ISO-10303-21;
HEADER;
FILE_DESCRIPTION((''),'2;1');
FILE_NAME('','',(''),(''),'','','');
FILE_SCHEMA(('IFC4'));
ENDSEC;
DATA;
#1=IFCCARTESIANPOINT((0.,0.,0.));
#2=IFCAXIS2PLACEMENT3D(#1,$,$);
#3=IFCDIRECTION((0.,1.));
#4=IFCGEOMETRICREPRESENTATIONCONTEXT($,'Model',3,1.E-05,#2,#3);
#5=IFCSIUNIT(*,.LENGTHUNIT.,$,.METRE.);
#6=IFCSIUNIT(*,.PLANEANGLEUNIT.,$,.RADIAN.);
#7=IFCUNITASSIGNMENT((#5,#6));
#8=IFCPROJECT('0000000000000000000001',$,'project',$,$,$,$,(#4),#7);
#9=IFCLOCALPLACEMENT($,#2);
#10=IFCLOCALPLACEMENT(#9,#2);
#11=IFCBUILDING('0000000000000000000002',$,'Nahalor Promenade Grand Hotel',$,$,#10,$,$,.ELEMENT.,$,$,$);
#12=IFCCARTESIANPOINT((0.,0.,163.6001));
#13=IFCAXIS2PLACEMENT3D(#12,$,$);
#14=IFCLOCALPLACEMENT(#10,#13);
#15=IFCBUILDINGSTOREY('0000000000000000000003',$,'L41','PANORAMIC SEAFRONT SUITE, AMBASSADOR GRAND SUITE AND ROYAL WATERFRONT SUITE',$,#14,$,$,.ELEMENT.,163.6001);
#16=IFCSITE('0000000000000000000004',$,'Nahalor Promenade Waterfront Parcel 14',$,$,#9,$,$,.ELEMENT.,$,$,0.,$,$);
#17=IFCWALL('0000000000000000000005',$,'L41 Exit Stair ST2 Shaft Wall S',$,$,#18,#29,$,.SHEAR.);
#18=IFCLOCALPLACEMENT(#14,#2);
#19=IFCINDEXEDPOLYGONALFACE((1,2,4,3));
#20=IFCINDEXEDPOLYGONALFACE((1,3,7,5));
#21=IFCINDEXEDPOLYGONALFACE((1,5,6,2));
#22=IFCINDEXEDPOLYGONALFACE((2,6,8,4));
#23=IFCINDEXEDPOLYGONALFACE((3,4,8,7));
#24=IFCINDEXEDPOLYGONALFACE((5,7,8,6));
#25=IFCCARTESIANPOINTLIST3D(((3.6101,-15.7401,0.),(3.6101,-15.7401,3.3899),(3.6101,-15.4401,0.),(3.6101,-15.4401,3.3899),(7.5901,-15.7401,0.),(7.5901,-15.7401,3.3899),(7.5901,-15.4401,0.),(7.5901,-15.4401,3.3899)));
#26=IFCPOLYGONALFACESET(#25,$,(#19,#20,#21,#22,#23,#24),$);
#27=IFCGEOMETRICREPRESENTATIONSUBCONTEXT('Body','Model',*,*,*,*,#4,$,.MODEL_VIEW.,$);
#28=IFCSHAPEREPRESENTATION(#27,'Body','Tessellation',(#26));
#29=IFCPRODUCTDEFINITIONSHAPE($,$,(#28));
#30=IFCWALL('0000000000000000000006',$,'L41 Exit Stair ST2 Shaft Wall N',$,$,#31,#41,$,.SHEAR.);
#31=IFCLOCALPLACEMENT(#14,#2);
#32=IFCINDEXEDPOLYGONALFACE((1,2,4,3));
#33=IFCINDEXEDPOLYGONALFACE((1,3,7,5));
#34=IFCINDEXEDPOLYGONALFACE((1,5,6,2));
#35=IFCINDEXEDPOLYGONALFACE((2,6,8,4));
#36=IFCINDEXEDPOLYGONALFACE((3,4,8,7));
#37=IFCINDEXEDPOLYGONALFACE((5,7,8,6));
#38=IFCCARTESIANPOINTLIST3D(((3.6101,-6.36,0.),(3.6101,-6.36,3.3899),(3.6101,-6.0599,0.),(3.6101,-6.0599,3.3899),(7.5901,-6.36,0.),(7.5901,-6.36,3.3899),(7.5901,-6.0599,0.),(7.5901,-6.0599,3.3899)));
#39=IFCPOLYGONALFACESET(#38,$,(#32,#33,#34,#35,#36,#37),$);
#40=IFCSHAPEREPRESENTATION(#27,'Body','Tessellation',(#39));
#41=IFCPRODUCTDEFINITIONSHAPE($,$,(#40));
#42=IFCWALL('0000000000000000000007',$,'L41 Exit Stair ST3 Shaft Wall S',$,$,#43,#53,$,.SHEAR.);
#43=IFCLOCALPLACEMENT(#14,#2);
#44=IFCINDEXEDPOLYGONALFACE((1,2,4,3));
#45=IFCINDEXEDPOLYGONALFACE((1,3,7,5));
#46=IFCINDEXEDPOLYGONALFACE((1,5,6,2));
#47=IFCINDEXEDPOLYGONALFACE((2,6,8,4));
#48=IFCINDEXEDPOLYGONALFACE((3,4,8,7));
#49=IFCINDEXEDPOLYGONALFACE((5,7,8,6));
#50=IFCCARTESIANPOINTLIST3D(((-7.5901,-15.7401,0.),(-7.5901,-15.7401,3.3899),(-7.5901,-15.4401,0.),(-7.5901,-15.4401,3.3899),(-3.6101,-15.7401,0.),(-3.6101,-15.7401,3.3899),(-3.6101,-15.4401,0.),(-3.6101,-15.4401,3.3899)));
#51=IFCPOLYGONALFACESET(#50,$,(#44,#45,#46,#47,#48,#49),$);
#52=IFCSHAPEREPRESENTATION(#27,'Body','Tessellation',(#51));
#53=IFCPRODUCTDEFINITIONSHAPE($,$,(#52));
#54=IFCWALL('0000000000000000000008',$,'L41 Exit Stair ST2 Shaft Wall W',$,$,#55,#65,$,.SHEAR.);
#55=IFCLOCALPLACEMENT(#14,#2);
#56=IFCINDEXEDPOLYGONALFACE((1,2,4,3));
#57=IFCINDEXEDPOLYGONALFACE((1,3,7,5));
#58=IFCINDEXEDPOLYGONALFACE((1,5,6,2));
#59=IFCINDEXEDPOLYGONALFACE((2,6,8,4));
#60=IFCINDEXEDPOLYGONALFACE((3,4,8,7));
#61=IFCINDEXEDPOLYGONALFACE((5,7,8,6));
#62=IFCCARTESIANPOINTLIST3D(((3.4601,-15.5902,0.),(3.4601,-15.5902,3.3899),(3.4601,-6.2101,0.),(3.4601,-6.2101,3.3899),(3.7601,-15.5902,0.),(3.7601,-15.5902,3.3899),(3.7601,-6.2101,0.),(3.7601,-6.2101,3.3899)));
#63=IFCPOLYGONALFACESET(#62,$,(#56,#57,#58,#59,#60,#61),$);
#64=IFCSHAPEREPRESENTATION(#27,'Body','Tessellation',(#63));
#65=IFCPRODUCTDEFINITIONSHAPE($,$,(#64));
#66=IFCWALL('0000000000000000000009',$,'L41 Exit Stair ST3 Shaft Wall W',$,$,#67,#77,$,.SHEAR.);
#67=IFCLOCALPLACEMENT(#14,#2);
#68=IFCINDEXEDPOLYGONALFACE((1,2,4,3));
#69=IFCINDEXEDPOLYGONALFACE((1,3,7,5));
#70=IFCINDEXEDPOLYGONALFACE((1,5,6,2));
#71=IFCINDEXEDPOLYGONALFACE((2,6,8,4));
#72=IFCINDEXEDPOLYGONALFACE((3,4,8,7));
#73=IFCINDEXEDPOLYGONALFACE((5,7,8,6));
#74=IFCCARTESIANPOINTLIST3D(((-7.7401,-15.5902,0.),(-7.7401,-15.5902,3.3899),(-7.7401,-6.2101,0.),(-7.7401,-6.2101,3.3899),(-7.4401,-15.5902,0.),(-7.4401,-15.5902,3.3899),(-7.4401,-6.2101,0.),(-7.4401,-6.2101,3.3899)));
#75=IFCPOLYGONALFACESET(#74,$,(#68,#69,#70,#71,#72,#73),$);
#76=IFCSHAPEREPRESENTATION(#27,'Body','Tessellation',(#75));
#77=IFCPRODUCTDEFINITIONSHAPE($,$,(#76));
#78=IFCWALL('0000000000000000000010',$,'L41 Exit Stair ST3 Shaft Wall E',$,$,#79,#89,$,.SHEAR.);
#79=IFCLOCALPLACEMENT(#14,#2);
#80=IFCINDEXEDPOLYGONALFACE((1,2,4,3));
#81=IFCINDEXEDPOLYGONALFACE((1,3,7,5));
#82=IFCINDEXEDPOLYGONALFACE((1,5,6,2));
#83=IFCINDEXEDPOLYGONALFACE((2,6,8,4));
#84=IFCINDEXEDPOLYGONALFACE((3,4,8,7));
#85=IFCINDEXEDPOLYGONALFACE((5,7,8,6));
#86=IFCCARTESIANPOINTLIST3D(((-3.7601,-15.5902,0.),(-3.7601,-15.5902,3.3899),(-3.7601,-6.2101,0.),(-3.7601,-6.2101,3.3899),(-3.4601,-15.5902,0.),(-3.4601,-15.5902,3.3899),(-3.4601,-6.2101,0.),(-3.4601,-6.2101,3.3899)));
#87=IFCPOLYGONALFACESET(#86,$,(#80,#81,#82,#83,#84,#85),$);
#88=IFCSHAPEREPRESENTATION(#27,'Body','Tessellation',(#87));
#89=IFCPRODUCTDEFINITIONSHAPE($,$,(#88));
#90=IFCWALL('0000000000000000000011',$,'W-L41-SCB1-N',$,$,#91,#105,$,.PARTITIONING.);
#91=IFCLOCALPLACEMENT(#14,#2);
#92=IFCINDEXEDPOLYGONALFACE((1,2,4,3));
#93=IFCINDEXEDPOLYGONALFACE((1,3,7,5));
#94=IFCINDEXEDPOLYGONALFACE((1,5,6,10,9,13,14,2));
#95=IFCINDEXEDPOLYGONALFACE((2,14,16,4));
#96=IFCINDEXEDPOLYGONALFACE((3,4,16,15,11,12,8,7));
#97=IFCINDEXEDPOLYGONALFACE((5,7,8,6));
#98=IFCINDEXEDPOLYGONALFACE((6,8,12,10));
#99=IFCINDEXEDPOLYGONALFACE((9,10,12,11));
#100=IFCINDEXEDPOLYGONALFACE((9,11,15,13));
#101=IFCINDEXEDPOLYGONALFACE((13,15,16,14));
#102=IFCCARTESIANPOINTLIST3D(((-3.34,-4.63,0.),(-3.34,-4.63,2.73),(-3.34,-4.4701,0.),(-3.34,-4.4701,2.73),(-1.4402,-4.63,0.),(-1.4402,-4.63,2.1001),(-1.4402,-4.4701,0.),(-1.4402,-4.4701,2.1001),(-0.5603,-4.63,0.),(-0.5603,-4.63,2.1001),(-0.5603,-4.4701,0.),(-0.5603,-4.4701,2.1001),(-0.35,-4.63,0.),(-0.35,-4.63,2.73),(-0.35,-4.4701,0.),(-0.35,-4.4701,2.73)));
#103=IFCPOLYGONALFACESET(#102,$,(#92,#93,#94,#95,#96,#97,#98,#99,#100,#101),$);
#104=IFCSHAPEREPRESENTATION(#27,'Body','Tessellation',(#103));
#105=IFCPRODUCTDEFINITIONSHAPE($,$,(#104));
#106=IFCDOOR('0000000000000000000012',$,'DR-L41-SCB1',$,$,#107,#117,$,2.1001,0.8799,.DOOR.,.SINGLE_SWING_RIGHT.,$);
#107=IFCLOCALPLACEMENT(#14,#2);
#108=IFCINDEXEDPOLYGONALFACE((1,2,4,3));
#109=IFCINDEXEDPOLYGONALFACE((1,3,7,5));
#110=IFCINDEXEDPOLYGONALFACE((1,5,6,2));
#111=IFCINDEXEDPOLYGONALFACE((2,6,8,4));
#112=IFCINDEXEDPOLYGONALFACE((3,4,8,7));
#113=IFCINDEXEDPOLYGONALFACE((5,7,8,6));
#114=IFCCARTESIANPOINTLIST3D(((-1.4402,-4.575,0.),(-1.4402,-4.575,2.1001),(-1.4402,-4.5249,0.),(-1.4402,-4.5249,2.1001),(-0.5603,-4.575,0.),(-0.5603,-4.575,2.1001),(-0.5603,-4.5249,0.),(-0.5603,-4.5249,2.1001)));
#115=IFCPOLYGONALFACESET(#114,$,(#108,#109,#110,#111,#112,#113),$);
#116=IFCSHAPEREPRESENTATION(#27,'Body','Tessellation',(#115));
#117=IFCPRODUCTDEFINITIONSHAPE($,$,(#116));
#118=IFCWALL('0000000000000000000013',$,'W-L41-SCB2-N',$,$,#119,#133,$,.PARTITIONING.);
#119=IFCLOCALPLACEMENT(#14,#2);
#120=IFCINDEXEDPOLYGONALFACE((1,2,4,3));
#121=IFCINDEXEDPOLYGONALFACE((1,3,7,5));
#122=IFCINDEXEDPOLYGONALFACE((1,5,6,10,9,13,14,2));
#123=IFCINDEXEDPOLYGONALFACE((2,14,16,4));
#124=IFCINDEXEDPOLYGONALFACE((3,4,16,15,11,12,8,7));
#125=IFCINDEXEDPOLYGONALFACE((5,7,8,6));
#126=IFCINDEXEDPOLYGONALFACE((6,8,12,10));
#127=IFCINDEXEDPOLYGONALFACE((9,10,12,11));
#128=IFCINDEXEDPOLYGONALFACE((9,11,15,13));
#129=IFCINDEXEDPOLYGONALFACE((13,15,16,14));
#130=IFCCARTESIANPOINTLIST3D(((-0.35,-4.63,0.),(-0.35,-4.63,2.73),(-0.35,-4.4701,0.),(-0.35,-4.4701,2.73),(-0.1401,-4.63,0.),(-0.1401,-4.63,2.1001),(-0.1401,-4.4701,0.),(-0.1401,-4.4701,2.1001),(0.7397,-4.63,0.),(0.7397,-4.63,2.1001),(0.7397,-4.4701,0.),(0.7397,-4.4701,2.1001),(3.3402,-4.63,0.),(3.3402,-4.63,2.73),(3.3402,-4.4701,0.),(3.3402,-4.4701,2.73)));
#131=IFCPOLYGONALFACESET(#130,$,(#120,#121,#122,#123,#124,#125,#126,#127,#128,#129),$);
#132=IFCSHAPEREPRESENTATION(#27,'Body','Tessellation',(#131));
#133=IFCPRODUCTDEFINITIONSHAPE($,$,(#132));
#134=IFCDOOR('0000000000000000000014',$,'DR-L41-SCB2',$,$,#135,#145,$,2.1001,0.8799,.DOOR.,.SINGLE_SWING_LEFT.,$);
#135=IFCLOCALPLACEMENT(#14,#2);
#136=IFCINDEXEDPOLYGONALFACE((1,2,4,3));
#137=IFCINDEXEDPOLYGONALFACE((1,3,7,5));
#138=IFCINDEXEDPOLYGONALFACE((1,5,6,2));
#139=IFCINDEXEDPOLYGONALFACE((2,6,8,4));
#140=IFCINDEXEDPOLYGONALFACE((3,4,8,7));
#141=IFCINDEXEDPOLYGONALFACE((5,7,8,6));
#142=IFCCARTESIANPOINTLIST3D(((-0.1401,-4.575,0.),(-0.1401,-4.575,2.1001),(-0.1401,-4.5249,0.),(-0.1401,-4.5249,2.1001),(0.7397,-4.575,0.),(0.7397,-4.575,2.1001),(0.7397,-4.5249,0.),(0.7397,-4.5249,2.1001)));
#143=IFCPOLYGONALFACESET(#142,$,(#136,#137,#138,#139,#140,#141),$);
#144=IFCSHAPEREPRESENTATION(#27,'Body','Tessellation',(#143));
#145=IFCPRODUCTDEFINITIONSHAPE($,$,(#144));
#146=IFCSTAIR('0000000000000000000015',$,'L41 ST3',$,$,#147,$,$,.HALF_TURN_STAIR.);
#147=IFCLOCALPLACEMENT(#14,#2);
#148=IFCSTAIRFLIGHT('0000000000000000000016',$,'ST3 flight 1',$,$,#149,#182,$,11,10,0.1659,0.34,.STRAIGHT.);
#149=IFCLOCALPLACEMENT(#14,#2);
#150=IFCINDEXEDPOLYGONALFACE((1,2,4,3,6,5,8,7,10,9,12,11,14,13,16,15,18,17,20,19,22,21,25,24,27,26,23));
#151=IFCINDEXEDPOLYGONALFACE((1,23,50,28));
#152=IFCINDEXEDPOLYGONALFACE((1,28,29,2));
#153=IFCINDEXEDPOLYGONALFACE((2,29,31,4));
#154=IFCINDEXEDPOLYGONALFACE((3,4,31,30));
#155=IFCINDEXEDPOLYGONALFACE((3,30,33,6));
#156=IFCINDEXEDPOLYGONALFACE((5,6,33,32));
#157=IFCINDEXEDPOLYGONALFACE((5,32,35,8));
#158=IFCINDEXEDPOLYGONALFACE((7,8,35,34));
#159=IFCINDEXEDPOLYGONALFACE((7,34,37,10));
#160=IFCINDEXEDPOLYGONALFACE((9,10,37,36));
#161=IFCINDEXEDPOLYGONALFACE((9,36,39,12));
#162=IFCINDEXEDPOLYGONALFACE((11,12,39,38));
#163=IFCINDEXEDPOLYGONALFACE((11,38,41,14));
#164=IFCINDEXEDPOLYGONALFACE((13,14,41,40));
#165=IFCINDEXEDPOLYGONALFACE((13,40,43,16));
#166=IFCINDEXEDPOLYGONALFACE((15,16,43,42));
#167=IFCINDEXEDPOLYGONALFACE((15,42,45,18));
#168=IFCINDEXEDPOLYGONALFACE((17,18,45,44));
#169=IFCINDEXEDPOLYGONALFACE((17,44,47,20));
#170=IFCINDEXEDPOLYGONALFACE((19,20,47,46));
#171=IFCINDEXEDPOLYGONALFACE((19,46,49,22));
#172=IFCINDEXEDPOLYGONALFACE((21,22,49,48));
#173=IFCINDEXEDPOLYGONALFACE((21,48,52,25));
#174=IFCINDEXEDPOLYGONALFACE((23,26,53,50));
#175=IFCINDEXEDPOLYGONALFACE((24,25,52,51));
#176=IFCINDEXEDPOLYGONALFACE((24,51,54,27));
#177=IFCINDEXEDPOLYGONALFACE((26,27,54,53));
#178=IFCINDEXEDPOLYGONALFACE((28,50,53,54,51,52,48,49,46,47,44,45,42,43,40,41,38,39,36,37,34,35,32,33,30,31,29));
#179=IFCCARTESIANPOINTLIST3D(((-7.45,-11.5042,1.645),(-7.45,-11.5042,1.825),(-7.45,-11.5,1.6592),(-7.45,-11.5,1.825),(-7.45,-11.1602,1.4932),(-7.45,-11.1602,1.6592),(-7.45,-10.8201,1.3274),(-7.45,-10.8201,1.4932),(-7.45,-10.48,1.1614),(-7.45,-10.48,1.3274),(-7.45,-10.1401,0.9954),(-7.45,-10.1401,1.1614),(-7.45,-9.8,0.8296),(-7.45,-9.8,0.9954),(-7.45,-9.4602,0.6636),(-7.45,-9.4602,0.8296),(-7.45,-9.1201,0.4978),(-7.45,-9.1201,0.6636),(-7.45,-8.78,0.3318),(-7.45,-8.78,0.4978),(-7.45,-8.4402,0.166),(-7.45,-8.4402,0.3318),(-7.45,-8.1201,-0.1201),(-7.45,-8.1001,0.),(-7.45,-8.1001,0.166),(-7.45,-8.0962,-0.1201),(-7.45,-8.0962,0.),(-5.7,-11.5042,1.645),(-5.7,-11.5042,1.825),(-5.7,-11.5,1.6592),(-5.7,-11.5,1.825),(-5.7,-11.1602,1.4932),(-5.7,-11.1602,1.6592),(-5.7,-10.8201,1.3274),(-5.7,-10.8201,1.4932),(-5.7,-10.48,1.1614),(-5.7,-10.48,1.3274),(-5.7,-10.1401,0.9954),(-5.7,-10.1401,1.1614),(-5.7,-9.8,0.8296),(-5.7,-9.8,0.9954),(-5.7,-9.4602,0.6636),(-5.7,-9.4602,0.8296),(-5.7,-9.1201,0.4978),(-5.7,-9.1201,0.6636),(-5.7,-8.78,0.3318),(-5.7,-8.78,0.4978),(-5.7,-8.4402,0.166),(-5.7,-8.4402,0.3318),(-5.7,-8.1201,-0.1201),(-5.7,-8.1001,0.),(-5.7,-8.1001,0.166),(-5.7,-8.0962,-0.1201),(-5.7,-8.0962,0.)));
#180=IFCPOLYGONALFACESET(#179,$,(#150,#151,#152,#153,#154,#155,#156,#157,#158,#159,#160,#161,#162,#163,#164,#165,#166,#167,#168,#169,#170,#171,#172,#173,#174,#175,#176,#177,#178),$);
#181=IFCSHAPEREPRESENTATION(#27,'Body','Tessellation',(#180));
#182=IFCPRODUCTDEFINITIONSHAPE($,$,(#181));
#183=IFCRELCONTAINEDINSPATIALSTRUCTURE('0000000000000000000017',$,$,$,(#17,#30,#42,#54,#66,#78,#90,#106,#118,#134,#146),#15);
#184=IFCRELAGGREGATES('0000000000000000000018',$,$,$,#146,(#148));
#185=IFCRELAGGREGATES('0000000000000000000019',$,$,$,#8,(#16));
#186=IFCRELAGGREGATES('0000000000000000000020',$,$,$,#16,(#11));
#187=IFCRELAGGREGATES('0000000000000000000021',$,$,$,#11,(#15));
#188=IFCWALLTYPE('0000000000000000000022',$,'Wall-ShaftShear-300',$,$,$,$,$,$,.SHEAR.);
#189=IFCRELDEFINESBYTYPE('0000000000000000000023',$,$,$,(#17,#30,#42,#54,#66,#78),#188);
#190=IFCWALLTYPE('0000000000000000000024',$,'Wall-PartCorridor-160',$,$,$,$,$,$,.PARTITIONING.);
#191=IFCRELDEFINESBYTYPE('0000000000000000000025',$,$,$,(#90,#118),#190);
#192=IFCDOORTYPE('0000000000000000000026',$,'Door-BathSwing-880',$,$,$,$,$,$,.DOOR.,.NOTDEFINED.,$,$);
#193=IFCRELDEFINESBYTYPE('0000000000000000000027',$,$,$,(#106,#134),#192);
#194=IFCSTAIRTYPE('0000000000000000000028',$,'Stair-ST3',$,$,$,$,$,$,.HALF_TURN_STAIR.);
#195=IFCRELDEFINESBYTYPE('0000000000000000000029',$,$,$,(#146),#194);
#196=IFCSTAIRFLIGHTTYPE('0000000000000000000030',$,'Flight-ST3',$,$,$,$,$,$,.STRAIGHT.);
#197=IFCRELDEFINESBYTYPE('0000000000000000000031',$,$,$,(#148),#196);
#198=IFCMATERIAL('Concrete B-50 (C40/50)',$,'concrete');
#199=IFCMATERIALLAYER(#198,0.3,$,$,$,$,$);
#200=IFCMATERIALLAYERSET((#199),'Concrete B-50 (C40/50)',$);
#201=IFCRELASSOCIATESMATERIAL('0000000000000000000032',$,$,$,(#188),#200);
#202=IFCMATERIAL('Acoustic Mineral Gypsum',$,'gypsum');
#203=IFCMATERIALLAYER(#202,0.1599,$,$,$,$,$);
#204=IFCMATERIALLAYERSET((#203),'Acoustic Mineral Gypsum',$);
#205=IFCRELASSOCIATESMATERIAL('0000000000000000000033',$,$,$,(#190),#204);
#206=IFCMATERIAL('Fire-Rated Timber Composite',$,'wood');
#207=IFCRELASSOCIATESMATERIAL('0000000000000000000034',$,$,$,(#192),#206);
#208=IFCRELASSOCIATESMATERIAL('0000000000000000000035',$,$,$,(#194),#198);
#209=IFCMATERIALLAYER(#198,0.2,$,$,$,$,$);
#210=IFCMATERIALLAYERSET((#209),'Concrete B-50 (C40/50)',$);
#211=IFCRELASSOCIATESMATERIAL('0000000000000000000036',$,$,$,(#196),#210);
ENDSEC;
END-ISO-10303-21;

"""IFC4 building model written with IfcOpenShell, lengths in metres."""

from ifc_helpers import new_model, si_unit, direction, frame, frame_2d, origin, place, context, subcontext, project, spatial, polyline, rectangle, outline, extrude, source, transform, mapped, material, layer, layer_set, type_object, element, fill, aggregate, save


model = new_model("IFC4")

# Units and contexts
model_context = context("Model", 3, precision=1e-05, world=origin(), true_north=direction((0.0, 1.0)))
body_context = subcontext(model_context, "Body", "Model", "MODEL_VIEW")
ifc_project = project(units=[si_unit("LENGTHUNIT", "METRE"), si_unit("PLANEANGLEUNIT", "RADIAN")], contexts=[model_context])

# Site, building, storey
site_placement = place(None, origin())
site = spatial("IfcSite", under=ifc_project, at=site_placement, Name="Nahalor Promenade Waterfront Parcel 14", CompositionType="ELEMENT", RefElevation=0.0)
building_placement = place(site_placement, origin())
building = spatial("IfcBuilding", under=site, at=building_placement, Name="Nahalor Promenade Grand Hotel", CompositionType="ELEMENT")
storey_placement = place(building_placement, frame((0.0, 0.0, 163.6001)))
storey = spatial("IfcBuildingStorey", under=building, at=storey_placement, Name="L41", Description="PANORAMIC SEAFRONT SUITE, AMBASSADOR GRAND SUITE AND ROYAL WATERFRONT SUITE", CompositionType="ELEMENT", Elevation=163.6001)

# Walls
ifc_material_1 = material(Name="Concrete B-50 (C40/50)", Category="concrete")
ifc_layer_1 = layer(ifc_material_1, 0.3)
ifc_layer_set_1 = layer_set([ifc_layer_1], Name="Concrete B-50 (C40/50)")
wall_type_1 = type_object("IfcWallType", Name="Wall-ShaftShear-300", PredefinedType="SHEAR", material=ifc_layer_set_1)
shared_shape_1 = source(origin(), body_context, "Body", "SweptSolid", [
    extrude(rectangle(XDim=3.98, YDim=0.3, at=frame_2d((1.99, 0.0))), origin(), (0.0, 0.0, 1.0), 3.3899),
])
for number, where, z_axis, x_axis, name in (
    (1, (3.6101, -15.5901, 0.0), (0.0, 0.0, 1.0), (1.0, 0.0, 0.0), "L41 Exit Stair ST2 Shaft Wall S"),
    (2, (3.6101, -6.21, 0.0), (0.0, 0.0, 1.0), (1.0, 0.0, 0.0), "L41 Exit Stair ST2 Shaft Wall N"),
    (3, (-7.5901, -15.5901, 0.0), (0.0, 0.0, 1.0), (1.0, 0.0, 0.0), "L41 Exit Stair ST3 Shaft Wall S"),
):
    element("IfcWall", number, at=place(storey_placement, frame(where, z_axis=z_axis, x_axis=x_axis)), inside=storey, type_object=wall_type_1, Name=name, PredefinedType="SHEAR", context=body_context, shape_type="MappedRepresentation", body=[
        mapped(shared_shape_1, transform((0.0, 0.0, 0.0), scale=1.0)),
    ])

# Walls
shared_shape_2 = source(origin(), body_context, "Body", "SweptSolid", [
    extrude(rectangle(XDim=9.3801, YDim=0.3, at=frame_2d((4.6899, 0.0))), origin(), (0.0, 0.0, 1.0), 3.3899),
])
for number, where, z_axis, x_axis, name in (
    (4, (3.6101, -15.5901, 0.0), (0.0, 0.0, 1.0), (0.0, 1.0, 0.0), "L41 Exit Stair ST2 Shaft Wall W"),
    (5, (-7.5901, -15.5901, 0.0), (0.0, 0.0, 1.0), (0.0, 1.0, 0.0), "L41 Exit Stair ST3 Shaft Wall W"),
    (6, (-3.6101, -15.5901, 0.0), (0.0, 0.0, 1.0), (0.0, 1.0, 0.0), "L41 Exit Stair ST3 Shaft Wall E"),
):
    element("IfcWall", number, at=place(storey_placement, frame(where, z_axis=z_axis, x_axis=x_axis)), inside=storey, type_object=wall_type_1, Name=name, PredefinedType="SHEAR", context=body_context, shape_type="MappedRepresentation", body=[
        mapped(shared_shape_2, transform((0.0, 0.0, 0.0), scale=1.0)),
    ])

# Walls, openings, doors
ifc_material_2 = material(Name="Acoustic Mineral Gypsum", Category="gypsum")
ifc_layer_2 = layer(ifc_material_2, 0.1599)
ifc_layer_set_2 = layer_set([ifc_layer_2], Name="Acoustic Mineral Gypsum")
wall_type_2 = type_object("IfcWallType", Name="Wall-PartCorridor-160", PredefinedType="PARTITIONING", material=ifc_layer_set_2)
shared_shape_3 = source(origin(), body_context, "Body", "SweptSolid", [
    extrude(rectangle(XDim=2.99, YDim=0.1599, at=frame_2d((1.4951, 0.0))), origin(), (0.0, 0.0, 1.0), 2.73),
])
wall_1_placement = place(storey_placement, frame((-3.3401, -4.55, 0.0), z_axis=(0.0, 0.0, 1.0), x_axis=(1.0, 0.0, 0.0)))
wall_1 = element("IfcWall", 7, at=wall_1_placement, inside=storey, type_object=wall_type_2, Name="W-L41-SCB1-N", PredefinedType="PARTITIONING", context=body_context, shape_type="MappedRepresentation", body=[
    mapped(shared_shape_3, transform((0.0, 0.0, 0.0), scale=1.0)),
])
opening_1_placement = place(wall_1_placement, frame((1.8999, 0.0, 0.0)))
opening_1 = element("IfcOpeningElement", 8, at=opening_1_placement, cuts=wall_1, PredefinedType="OPENING", context=body_context, shape_type="SweptSolid", body=[
    extrude(rectangle(XDim=0.8799, YDim=2.1001, at=frame_2d((0.4399, 1.05))), frame((0.0, 0.0898, 0.0), z_axis=(0.0, -1.0, 0.0), x_axis=(1.0, 0.0, 0.0)), (0.0, 0.0, 1.0), 0.1799),
])
ifc_material_3 = material(Name="Fire-Rated Timber Composite", Category="wood")
door_type_1 = type_object("IfcDoorType", Name="Door-BathSwing-880", OperationType="NOTDEFINED", PredefinedType="DOOR", material=ifc_material_3)
shared_shape_4 = source(origin(), body_context, "Body", "SweptSolid", [
    extrude(rectangle(XDim=0.8799, YDim=2.1001, at=frame_2d((0.4399, 1.05))), frame((0.0, 0.0249, 0.0), z_axis=(0.0, -1.0, 0.0), x_axis=(1.0, 0.0, 0.0)), (0.0, 0.0, 1.0), 0.05),
])
door_1_placement = place(opening_1_placement, frame((0.8799, 0.0, 0.0), z_axis=(0.0, 0.0, 1.0), x_axis=(-1.0, 0.0, 0.0)))
door_1 = element("IfcDoor", 9, at=door_1_placement, inside=storey, type_object=door_type_1, Name="DR-L41-SCB1", OperationType="SINGLE_SWING_RIGHT", OverallHeight=2.1001, OverallWidth=0.8799, PredefinedType="DOOR", context=body_context, shape_type="MappedRepresentation", body=[
    mapped(shared_shape_4, transform((0.0, 0.0, 0.0), scale=1.0)),
])
fill(opening_1, door_1)
shared_shape_5 = source(origin(), body_context, "Body", "SweptSolid", [
    extrude(rectangle(XDim=3.6902, YDim=0.1599, at=frame_2d((1.8452, 0.0))), origin(), (0.0, 0.0, 1.0), 2.73),
])
wall_2_placement = place(storey_placement, frame((-0.3501, -4.55, 0.0), z_axis=(0.0, 0.0, 1.0), x_axis=(1.0, 0.0, 0.0)))
wall_2 = element("IfcWall", 10, at=wall_2_placement, inside=storey, type_object=wall_type_2, Name="W-L41-SCB2-N", PredefinedType="PARTITIONING", context=body_context, shape_type="MappedRepresentation", body=[
    mapped(shared_shape_5, transform((0.0, 0.0, 0.0), scale=1.0)),
])
opening_2_placement = place(wall_2_placement, frame((0.21, 0.0, 0.0)))
opening_2 = element("IfcOpeningElement", 11, at=opening_2_placement, cuts=wall_2, PredefinedType="OPENING", context=body_context, shape_type="SweptSolid", body=[
    extrude(rectangle(XDim=0.8799, YDim=2.1001, at=frame_2d((0.4399, 1.05))), frame((0.0, 0.0898, 0.0), z_axis=(0.0, -1.0, 0.0), x_axis=(1.0, 0.0, 0.0)), (0.0, 0.0, 1.0), 0.1799),
])
door_2_placement = place(opening_2_placement, frame((0.8799, 0.0, 0.0), z_axis=(0.0, 0.0, 1.0), x_axis=(-1.0, 0.0, 0.0)))
door_2 = element("IfcDoor", 12, at=door_2_placement, inside=storey, type_object=door_type_1, Name="DR-L41-SCB2", OperationType="SINGLE_SWING_LEFT", OverallHeight=2.1001, OverallWidth=0.8799, PredefinedType="DOOR", context=body_context, shape_type="MappedRepresentation", body=[
    mapped(shared_shape_4, transform((0.0, 0.0, 0.0), scale=1.0)),
])
fill(opening_2, door_2)

# Stair, stair flight
stair_type = type_object("IfcStairType", Name="Stair-ST3", PredefinedType="HALF_TURN_STAIR", material=ifc_material_1)
stair_placement = place(storey_placement, origin())
stair = element("IfcStair", 13, at=stair_placement, inside=storey, type_object=stair_type, Name="L41 ST3", PredefinedType="HALF_TURN_STAIR")
ifc_layer_3 = layer(ifc_material_1, 0.2)
ifc_layer_set_3 = layer_set([ifc_layer_3], Name="Concrete B-50 (C40/50)")
stair_flight_type = type_object("IfcStairFlightType", Name="Flight-ST3", PredefinedType="STRAIGHT", material=ifc_layer_set_3)
shared_shape_6 = source(origin(), body_context, "Body", "SweptSolid", [
    extrude(outline(polyline([(-0.0039, -0.1201), (-0.0039, 0.0), (0.0, 0.0), (0.0, 0.166), (0.3401, 0.166), (0.3401, 0.3318), (0.6799, 0.3318), (0.6799, 0.4978), (1.02, 0.4978), (1.02, 0.6636), (1.3601, 0.6636), (1.3601, 0.8296), (1.7, 0.8296), (1.7, 0.9954), (2.04, 0.9954), (2.04, 1.1614), (2.3799, 1.1614), (2.3799, 1.3274), (2.72, 1.3274), (2.72, 1.4932), (3.0601, 1.4932), (3.0601, 1.6592), (3.3999, 1.6592), (3.3999, 1.825), (3.4041, 1.825), (3.4041, 1.645), (0.02, -0.1201), (-0.0039, -0.1201)])), frame((0.0, 0.875, 0.0), z_axis=(0.0, -1.0, 0.0), x_axis=(1.0, 0.0, 0.0)), (0.0, 0.0, 1.0), 1.75),
])
stair_flight_1_placement = place(storey_placement, frame((-6.575, -8.1001, 0.0), z_axis=(0.0, 0.0, 1.0), x_axis=(0.0, -1.0, 0.0)))
stair_flight_1 = element("IfcStairFlight", 14, at=stair_flight_1_placement, type_object=stair_flight_type, Name="ST3 flight 1", NumberOfRisers=11, NumberOfTreads=10, PredefinedType="STRAIGHT", RiserHeight=0.1659, TreadLength=0.34, context=body_context, shape_type="MappedRepresentation", body=[
    mapped(shared_shape_6, transform((0.0, 0.0, 0.0), scale=1.0)),
])
aggregate(stair, [stair_flight_1])

save(model, "model.ifc")
